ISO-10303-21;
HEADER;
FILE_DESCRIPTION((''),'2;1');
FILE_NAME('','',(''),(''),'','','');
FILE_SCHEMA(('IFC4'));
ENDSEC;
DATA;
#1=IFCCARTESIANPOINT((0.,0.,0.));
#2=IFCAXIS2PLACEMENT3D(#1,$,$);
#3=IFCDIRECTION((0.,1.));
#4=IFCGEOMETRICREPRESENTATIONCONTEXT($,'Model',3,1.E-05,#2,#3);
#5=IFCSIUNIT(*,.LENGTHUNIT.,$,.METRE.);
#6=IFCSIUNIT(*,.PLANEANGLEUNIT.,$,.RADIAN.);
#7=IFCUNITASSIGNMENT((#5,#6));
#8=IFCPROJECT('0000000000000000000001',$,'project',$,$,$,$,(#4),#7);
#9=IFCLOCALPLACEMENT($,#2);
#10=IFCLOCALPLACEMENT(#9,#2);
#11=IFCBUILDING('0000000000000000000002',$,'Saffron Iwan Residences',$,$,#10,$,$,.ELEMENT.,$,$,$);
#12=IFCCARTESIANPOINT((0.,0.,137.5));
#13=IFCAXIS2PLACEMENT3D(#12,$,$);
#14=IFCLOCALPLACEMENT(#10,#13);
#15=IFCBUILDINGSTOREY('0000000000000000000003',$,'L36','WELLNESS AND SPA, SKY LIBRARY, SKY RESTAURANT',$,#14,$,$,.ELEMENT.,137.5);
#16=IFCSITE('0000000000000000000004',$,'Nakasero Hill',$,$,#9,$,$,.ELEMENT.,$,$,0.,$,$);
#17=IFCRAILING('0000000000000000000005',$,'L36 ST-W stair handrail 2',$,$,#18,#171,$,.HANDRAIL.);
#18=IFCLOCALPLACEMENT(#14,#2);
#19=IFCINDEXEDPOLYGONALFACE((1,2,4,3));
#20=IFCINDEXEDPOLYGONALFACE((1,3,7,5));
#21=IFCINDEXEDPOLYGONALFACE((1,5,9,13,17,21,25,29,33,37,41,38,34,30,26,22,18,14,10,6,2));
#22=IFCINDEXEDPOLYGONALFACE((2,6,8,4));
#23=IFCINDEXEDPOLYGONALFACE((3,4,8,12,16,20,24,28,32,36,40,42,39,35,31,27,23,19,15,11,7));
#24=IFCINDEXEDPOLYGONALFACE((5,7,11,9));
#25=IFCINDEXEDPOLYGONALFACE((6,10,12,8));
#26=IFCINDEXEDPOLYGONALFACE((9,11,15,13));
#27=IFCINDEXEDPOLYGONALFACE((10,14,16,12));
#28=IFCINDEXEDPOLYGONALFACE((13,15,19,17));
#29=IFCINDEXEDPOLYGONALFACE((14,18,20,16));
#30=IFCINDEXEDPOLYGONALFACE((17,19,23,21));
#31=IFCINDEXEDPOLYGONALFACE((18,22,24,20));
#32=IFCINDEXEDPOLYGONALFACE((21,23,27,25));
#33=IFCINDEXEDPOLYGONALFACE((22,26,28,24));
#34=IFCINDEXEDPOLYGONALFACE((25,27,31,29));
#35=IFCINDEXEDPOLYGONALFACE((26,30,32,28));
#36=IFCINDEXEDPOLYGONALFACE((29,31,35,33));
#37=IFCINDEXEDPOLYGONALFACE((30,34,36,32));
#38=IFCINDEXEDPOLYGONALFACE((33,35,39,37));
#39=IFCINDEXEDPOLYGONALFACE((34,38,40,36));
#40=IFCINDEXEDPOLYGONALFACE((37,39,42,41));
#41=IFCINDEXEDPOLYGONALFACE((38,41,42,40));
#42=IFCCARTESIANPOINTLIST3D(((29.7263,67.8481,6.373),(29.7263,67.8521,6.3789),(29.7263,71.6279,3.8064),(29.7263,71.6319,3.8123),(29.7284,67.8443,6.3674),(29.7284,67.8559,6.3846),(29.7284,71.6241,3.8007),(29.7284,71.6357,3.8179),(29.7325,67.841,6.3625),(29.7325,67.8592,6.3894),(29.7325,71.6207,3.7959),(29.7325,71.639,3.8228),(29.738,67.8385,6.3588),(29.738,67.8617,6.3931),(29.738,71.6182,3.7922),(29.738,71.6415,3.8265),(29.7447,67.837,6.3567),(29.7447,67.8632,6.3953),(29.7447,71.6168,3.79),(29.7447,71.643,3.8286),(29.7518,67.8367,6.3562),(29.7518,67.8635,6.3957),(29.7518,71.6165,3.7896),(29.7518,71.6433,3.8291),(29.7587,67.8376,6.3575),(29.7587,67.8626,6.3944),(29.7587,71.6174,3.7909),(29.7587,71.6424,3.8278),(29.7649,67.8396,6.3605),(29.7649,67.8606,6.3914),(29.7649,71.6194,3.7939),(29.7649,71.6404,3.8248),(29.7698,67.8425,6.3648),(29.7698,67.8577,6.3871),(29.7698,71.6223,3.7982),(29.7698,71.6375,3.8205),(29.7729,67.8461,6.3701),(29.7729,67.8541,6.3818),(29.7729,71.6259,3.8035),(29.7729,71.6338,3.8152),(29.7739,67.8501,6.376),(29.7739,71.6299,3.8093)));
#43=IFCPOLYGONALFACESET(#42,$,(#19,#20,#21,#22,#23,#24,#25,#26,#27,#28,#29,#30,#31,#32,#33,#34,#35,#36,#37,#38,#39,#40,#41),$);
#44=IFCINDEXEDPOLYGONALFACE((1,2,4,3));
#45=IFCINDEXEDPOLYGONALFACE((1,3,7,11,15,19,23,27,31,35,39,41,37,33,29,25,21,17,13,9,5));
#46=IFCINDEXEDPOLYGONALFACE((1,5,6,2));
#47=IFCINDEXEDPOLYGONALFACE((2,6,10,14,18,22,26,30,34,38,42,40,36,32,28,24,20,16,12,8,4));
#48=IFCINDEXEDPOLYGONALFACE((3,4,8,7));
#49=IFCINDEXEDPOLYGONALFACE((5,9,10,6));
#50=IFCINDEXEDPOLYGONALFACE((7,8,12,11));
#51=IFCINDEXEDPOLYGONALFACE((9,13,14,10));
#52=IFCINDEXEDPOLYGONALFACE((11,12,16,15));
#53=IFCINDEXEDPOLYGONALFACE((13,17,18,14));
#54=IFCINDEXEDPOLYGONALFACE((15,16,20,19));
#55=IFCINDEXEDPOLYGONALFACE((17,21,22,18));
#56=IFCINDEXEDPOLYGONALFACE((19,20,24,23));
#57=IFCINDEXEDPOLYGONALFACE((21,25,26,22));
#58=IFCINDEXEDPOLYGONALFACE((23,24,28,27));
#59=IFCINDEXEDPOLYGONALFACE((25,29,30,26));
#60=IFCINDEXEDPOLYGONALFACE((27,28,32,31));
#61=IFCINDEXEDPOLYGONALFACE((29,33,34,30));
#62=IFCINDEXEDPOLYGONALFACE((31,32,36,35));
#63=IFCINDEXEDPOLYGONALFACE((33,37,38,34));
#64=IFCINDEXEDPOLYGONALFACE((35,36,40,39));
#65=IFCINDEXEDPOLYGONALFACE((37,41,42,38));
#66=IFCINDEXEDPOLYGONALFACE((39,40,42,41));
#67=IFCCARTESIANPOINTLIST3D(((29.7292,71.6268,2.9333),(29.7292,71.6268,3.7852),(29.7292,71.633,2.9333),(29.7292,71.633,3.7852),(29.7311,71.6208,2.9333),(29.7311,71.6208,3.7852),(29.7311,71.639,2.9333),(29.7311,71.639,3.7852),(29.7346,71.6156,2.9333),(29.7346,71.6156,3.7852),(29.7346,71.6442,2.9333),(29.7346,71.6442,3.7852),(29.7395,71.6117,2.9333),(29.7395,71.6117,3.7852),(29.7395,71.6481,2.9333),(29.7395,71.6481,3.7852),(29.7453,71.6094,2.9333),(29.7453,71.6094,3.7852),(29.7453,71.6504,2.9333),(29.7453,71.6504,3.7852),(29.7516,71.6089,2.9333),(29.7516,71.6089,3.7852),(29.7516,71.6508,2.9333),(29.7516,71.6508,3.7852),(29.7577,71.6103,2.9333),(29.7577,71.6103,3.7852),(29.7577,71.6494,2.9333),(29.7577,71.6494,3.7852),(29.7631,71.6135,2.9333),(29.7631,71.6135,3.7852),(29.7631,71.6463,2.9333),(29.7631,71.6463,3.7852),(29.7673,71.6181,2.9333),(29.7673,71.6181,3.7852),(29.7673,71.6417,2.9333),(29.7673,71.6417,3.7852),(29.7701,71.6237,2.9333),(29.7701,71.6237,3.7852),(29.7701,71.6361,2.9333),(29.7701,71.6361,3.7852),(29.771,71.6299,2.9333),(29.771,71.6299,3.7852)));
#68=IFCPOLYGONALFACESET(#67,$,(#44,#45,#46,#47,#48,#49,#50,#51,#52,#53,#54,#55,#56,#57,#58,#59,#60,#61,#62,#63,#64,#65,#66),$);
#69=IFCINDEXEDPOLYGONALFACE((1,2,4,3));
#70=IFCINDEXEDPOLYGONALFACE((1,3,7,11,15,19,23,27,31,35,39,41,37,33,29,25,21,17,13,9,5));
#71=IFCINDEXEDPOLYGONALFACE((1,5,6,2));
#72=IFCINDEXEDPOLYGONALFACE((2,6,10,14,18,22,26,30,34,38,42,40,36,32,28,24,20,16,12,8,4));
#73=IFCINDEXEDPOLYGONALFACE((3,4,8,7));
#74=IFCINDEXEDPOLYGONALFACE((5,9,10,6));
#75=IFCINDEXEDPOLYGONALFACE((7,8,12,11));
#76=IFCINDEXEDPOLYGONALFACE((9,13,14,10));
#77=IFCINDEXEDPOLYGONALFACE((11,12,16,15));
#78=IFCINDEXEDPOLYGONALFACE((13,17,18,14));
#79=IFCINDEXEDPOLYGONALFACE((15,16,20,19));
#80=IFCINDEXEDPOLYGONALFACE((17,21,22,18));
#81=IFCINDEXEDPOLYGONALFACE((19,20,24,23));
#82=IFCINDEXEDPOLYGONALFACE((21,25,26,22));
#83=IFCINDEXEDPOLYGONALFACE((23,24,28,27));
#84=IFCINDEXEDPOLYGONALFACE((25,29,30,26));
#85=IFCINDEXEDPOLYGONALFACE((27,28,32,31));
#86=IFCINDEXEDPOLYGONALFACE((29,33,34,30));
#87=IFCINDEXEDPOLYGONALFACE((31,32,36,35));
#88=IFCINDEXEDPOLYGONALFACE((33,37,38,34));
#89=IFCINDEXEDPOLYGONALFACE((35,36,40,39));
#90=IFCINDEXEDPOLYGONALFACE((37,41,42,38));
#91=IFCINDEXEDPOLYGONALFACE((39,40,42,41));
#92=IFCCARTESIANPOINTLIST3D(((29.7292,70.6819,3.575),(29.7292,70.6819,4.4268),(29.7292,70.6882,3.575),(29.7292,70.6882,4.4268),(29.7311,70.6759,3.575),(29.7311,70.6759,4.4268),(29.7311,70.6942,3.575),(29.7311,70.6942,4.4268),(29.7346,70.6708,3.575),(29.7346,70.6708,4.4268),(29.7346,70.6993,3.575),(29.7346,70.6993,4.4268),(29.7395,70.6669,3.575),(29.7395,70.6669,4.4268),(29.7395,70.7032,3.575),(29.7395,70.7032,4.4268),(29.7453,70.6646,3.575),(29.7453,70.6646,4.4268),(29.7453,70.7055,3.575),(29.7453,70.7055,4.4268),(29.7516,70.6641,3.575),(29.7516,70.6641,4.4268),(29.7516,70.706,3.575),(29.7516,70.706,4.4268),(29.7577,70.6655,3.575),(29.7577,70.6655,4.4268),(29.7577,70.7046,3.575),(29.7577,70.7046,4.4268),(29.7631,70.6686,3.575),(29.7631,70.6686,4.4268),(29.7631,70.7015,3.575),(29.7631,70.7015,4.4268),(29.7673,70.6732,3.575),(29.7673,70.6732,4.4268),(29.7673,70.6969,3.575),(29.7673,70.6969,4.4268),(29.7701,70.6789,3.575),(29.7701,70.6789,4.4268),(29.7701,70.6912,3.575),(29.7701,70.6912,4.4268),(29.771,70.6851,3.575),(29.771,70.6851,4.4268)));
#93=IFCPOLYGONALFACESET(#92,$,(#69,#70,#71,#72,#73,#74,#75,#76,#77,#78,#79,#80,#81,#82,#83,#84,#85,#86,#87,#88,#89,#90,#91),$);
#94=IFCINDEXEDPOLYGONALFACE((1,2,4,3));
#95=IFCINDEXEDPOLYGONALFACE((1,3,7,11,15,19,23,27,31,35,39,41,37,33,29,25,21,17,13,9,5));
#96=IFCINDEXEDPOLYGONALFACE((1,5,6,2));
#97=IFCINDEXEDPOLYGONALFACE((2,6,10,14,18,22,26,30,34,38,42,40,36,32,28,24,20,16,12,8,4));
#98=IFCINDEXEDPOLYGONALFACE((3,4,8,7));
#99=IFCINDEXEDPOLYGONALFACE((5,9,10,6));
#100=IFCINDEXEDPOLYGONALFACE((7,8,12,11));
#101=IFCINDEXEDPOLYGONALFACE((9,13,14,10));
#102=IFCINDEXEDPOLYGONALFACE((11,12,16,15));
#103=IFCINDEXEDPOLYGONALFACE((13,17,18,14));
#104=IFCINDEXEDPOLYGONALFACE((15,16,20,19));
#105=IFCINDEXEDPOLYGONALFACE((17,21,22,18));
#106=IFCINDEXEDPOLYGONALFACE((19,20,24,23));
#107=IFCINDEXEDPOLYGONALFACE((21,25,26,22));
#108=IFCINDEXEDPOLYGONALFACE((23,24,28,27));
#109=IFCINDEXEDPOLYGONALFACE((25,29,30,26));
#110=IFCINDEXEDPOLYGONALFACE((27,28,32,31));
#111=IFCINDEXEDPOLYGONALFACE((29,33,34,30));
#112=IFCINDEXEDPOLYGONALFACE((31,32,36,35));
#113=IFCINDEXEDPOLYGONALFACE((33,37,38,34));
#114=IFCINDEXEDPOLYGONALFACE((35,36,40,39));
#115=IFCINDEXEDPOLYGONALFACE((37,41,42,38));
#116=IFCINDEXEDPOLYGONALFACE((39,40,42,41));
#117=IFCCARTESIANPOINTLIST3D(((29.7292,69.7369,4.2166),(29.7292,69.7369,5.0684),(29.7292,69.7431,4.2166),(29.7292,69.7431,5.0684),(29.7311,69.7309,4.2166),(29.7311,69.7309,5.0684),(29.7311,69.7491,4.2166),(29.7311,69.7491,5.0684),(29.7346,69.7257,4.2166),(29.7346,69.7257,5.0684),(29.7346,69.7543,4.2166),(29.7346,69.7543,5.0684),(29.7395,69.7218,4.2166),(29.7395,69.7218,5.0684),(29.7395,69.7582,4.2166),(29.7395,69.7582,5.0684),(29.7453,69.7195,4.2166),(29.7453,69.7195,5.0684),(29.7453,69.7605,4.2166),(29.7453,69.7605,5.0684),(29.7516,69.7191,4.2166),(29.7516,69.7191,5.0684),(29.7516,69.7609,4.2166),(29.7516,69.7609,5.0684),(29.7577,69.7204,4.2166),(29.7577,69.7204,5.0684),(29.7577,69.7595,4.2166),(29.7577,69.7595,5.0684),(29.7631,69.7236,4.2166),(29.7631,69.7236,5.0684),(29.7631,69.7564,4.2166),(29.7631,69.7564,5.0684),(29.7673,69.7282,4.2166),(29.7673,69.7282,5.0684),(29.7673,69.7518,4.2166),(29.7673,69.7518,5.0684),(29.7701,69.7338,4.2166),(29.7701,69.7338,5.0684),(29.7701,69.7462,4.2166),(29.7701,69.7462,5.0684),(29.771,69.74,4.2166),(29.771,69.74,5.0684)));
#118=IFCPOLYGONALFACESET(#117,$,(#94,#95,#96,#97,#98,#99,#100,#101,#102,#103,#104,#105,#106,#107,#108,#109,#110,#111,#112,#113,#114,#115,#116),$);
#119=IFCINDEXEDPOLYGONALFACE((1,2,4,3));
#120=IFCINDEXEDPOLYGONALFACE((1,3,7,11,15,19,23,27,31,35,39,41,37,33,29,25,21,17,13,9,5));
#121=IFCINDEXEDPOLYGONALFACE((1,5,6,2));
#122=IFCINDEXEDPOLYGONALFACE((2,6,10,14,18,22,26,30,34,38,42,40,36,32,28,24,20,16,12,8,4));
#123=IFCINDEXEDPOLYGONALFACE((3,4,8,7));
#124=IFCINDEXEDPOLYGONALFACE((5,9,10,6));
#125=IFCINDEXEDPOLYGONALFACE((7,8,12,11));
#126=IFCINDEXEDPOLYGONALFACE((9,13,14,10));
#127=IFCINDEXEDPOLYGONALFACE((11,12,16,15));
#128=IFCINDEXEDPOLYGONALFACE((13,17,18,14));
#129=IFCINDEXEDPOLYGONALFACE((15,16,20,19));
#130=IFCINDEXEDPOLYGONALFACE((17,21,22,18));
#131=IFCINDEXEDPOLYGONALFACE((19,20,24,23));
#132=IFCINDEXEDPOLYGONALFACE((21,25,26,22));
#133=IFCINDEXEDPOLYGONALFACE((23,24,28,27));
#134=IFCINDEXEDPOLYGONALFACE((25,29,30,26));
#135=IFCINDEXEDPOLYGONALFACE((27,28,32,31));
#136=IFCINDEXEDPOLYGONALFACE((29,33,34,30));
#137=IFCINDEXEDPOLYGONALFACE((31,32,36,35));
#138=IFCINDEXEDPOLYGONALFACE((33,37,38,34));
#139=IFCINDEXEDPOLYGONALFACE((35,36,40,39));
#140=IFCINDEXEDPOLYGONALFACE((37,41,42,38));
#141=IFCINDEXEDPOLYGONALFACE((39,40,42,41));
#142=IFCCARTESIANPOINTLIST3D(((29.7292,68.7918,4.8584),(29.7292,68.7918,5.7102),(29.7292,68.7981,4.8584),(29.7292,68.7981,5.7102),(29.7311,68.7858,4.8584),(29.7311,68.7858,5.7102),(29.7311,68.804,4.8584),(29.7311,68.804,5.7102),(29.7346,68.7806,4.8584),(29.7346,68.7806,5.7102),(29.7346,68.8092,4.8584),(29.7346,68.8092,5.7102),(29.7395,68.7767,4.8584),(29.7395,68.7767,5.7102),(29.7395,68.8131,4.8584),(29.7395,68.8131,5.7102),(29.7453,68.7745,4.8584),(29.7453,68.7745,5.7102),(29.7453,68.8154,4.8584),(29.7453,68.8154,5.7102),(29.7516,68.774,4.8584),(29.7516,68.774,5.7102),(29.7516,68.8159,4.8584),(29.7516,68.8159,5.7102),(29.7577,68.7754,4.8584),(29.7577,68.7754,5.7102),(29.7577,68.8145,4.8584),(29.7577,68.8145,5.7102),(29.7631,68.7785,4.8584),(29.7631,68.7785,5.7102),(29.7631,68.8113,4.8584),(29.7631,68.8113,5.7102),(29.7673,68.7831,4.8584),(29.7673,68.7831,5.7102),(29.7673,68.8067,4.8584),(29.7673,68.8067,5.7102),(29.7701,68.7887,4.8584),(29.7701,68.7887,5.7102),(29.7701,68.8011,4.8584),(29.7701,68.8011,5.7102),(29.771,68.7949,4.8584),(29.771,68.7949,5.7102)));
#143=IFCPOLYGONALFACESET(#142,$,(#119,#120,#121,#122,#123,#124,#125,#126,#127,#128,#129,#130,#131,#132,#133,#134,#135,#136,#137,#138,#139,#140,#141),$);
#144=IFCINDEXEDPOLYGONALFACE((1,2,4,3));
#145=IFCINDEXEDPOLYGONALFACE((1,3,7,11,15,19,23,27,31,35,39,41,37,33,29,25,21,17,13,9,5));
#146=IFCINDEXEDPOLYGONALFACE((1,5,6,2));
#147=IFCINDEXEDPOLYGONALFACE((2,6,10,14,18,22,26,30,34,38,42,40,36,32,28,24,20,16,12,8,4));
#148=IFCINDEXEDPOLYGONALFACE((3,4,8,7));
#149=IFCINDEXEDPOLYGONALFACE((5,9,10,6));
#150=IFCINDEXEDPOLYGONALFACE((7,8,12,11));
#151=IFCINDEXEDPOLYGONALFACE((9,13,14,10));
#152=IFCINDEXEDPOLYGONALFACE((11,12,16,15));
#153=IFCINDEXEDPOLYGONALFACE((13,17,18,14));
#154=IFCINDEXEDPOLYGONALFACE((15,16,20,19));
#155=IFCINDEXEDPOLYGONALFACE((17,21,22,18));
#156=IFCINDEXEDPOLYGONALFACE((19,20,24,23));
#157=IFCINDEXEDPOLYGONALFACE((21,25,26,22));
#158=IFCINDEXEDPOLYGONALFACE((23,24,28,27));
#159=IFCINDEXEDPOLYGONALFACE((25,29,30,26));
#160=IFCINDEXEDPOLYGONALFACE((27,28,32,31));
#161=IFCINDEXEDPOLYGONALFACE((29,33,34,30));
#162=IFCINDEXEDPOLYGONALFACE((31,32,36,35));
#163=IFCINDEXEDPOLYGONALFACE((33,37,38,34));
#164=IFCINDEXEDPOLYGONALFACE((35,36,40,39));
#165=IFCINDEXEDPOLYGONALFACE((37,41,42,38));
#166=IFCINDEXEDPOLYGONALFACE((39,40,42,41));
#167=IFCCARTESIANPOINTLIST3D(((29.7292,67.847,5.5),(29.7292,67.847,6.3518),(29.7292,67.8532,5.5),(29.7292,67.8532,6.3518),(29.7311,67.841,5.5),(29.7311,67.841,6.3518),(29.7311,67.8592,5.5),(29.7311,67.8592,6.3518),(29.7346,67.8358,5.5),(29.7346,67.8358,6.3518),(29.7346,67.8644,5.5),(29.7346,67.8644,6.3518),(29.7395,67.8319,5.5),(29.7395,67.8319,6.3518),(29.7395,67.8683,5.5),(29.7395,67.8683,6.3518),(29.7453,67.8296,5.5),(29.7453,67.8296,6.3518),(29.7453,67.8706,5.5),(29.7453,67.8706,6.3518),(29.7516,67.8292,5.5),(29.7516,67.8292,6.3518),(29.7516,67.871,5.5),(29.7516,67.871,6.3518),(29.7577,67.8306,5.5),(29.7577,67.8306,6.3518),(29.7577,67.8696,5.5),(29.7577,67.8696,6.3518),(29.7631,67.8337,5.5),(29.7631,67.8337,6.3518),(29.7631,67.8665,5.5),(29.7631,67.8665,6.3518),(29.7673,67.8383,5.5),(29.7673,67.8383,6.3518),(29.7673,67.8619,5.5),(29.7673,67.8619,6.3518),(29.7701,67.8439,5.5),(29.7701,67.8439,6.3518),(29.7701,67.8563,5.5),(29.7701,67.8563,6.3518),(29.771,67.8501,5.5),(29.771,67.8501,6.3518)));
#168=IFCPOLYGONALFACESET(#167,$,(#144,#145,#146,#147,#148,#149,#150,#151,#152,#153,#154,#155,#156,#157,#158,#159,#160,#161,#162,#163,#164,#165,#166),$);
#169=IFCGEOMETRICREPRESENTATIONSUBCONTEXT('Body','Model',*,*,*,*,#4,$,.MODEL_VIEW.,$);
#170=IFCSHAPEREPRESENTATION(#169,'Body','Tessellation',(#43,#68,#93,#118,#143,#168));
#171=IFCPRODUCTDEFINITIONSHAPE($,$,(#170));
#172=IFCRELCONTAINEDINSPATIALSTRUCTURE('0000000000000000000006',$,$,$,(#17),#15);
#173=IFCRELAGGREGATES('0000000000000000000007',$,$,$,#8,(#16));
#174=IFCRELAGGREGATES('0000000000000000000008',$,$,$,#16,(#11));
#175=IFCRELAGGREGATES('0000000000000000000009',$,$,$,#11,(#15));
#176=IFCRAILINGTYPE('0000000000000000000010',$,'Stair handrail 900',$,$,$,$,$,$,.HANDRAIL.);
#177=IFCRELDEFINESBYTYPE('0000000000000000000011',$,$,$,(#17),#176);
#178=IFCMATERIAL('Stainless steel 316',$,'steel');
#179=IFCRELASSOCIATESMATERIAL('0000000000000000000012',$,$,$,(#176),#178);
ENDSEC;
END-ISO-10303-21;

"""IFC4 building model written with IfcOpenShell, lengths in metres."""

from ifc_helpers import new_model, si_unit, direction, frame, origin, origin_2d, place, context, subcontext, project, spatial, circle, extrude, material, type_object, element, save


model = new_model("IFC4")

# Units and contexts
model_context = context("Model", 3, precision=1e-05, world=origin(), true_north=direction((0.0, 1.0)))
body_context = subcontext(model_context, "Body", "Model", "MODEL_VIEW")
ifc_project = project(units=[si_unit("LENGTHUNIT", "METRE"), si_unit("PLANEANGLEUNIT", "RADIAN")], contexts=[model_context])

# Site, building, storey
site_placement = place(None, origin())
site = spatial("IfcSite", under=ifc_project, at=site_placement, Name="Nakasero Hill", CompositionType="ELEMENT", RefElevation=0.0)
building_placement = place(site_placement, origin())
building = spatial("IfcBuilding", under=site, at=building_placement, Name="Saffron Iwan Residences", CompositionType="ELEMENT")
storey_placement = place(building_placement, frame((0.0, 0.0, 137.5)))
storey = spatial("IfcBuildingStorey", under=building, at=storey_placement, Name="L36", Description="WELLNESS AND SPA, SKY LIBRARY, SKY RESTAURANT", CompositionType="ELEMENT", Elevation=137.5)

# Railing
ifc_material_1 = material(Name="Stainless steel 316", Category="steel")
railing_type_1 = type_object("IfcRailingType", Name="Stair handrail 900", PredefinedType="HANDRAIL", material=ifc_material_1)
railing_1_placement = place(storey_placement, frame((29.75, 71.6299, 2.9333)))
element("IfcRailing", 1, at=railing_1_placement, inside=storey, type_object=railing_type_1, Name="L36 ST-W stair handrail 2", PredefinedType="HANDRAIL", context=body_context, shape_type="SweptSolid", body=[
    extrude(circle(Radius=0.0239, at=origin_2d()), frame((0.0, 0.0, 0.876), z_axis=(0.0, -0.827293, 0.561771), x_axis=(1.0, 0.0, 0.0)), (0.0, 0.0, 1.0), 4.5688),
    extrude(circle(Radius=0.021, at=origin_2d()), origin(), (0.0, 0.0, 1.0), 0.8518),
    extrude(circle(Radius=0.021, at=origin_2d()), frame((0.0, -0.9448, 0.6416)), (0.0, 0.0, 1.0), 0.8518),
    extrude(circle(Radius=0.021, at=origin_2d()), frame((0.0, -1.8899, 1.2832)), (0.0, 0.0, 1.0), 0.8518),
    extrude(circle(Radius=0.021, at=origin_2d()), frame((0.0, -2.835, 1.925)), (0.0, 0.0, 1.0), 0.8518),
    extrude(circle(Radius=0.021, at=origin_2d()), frame((0.0, -3.7798, 2.5667)), (0.0, 0.0, 1.0), 0.8518),
])

save(model, "model.ifc")
